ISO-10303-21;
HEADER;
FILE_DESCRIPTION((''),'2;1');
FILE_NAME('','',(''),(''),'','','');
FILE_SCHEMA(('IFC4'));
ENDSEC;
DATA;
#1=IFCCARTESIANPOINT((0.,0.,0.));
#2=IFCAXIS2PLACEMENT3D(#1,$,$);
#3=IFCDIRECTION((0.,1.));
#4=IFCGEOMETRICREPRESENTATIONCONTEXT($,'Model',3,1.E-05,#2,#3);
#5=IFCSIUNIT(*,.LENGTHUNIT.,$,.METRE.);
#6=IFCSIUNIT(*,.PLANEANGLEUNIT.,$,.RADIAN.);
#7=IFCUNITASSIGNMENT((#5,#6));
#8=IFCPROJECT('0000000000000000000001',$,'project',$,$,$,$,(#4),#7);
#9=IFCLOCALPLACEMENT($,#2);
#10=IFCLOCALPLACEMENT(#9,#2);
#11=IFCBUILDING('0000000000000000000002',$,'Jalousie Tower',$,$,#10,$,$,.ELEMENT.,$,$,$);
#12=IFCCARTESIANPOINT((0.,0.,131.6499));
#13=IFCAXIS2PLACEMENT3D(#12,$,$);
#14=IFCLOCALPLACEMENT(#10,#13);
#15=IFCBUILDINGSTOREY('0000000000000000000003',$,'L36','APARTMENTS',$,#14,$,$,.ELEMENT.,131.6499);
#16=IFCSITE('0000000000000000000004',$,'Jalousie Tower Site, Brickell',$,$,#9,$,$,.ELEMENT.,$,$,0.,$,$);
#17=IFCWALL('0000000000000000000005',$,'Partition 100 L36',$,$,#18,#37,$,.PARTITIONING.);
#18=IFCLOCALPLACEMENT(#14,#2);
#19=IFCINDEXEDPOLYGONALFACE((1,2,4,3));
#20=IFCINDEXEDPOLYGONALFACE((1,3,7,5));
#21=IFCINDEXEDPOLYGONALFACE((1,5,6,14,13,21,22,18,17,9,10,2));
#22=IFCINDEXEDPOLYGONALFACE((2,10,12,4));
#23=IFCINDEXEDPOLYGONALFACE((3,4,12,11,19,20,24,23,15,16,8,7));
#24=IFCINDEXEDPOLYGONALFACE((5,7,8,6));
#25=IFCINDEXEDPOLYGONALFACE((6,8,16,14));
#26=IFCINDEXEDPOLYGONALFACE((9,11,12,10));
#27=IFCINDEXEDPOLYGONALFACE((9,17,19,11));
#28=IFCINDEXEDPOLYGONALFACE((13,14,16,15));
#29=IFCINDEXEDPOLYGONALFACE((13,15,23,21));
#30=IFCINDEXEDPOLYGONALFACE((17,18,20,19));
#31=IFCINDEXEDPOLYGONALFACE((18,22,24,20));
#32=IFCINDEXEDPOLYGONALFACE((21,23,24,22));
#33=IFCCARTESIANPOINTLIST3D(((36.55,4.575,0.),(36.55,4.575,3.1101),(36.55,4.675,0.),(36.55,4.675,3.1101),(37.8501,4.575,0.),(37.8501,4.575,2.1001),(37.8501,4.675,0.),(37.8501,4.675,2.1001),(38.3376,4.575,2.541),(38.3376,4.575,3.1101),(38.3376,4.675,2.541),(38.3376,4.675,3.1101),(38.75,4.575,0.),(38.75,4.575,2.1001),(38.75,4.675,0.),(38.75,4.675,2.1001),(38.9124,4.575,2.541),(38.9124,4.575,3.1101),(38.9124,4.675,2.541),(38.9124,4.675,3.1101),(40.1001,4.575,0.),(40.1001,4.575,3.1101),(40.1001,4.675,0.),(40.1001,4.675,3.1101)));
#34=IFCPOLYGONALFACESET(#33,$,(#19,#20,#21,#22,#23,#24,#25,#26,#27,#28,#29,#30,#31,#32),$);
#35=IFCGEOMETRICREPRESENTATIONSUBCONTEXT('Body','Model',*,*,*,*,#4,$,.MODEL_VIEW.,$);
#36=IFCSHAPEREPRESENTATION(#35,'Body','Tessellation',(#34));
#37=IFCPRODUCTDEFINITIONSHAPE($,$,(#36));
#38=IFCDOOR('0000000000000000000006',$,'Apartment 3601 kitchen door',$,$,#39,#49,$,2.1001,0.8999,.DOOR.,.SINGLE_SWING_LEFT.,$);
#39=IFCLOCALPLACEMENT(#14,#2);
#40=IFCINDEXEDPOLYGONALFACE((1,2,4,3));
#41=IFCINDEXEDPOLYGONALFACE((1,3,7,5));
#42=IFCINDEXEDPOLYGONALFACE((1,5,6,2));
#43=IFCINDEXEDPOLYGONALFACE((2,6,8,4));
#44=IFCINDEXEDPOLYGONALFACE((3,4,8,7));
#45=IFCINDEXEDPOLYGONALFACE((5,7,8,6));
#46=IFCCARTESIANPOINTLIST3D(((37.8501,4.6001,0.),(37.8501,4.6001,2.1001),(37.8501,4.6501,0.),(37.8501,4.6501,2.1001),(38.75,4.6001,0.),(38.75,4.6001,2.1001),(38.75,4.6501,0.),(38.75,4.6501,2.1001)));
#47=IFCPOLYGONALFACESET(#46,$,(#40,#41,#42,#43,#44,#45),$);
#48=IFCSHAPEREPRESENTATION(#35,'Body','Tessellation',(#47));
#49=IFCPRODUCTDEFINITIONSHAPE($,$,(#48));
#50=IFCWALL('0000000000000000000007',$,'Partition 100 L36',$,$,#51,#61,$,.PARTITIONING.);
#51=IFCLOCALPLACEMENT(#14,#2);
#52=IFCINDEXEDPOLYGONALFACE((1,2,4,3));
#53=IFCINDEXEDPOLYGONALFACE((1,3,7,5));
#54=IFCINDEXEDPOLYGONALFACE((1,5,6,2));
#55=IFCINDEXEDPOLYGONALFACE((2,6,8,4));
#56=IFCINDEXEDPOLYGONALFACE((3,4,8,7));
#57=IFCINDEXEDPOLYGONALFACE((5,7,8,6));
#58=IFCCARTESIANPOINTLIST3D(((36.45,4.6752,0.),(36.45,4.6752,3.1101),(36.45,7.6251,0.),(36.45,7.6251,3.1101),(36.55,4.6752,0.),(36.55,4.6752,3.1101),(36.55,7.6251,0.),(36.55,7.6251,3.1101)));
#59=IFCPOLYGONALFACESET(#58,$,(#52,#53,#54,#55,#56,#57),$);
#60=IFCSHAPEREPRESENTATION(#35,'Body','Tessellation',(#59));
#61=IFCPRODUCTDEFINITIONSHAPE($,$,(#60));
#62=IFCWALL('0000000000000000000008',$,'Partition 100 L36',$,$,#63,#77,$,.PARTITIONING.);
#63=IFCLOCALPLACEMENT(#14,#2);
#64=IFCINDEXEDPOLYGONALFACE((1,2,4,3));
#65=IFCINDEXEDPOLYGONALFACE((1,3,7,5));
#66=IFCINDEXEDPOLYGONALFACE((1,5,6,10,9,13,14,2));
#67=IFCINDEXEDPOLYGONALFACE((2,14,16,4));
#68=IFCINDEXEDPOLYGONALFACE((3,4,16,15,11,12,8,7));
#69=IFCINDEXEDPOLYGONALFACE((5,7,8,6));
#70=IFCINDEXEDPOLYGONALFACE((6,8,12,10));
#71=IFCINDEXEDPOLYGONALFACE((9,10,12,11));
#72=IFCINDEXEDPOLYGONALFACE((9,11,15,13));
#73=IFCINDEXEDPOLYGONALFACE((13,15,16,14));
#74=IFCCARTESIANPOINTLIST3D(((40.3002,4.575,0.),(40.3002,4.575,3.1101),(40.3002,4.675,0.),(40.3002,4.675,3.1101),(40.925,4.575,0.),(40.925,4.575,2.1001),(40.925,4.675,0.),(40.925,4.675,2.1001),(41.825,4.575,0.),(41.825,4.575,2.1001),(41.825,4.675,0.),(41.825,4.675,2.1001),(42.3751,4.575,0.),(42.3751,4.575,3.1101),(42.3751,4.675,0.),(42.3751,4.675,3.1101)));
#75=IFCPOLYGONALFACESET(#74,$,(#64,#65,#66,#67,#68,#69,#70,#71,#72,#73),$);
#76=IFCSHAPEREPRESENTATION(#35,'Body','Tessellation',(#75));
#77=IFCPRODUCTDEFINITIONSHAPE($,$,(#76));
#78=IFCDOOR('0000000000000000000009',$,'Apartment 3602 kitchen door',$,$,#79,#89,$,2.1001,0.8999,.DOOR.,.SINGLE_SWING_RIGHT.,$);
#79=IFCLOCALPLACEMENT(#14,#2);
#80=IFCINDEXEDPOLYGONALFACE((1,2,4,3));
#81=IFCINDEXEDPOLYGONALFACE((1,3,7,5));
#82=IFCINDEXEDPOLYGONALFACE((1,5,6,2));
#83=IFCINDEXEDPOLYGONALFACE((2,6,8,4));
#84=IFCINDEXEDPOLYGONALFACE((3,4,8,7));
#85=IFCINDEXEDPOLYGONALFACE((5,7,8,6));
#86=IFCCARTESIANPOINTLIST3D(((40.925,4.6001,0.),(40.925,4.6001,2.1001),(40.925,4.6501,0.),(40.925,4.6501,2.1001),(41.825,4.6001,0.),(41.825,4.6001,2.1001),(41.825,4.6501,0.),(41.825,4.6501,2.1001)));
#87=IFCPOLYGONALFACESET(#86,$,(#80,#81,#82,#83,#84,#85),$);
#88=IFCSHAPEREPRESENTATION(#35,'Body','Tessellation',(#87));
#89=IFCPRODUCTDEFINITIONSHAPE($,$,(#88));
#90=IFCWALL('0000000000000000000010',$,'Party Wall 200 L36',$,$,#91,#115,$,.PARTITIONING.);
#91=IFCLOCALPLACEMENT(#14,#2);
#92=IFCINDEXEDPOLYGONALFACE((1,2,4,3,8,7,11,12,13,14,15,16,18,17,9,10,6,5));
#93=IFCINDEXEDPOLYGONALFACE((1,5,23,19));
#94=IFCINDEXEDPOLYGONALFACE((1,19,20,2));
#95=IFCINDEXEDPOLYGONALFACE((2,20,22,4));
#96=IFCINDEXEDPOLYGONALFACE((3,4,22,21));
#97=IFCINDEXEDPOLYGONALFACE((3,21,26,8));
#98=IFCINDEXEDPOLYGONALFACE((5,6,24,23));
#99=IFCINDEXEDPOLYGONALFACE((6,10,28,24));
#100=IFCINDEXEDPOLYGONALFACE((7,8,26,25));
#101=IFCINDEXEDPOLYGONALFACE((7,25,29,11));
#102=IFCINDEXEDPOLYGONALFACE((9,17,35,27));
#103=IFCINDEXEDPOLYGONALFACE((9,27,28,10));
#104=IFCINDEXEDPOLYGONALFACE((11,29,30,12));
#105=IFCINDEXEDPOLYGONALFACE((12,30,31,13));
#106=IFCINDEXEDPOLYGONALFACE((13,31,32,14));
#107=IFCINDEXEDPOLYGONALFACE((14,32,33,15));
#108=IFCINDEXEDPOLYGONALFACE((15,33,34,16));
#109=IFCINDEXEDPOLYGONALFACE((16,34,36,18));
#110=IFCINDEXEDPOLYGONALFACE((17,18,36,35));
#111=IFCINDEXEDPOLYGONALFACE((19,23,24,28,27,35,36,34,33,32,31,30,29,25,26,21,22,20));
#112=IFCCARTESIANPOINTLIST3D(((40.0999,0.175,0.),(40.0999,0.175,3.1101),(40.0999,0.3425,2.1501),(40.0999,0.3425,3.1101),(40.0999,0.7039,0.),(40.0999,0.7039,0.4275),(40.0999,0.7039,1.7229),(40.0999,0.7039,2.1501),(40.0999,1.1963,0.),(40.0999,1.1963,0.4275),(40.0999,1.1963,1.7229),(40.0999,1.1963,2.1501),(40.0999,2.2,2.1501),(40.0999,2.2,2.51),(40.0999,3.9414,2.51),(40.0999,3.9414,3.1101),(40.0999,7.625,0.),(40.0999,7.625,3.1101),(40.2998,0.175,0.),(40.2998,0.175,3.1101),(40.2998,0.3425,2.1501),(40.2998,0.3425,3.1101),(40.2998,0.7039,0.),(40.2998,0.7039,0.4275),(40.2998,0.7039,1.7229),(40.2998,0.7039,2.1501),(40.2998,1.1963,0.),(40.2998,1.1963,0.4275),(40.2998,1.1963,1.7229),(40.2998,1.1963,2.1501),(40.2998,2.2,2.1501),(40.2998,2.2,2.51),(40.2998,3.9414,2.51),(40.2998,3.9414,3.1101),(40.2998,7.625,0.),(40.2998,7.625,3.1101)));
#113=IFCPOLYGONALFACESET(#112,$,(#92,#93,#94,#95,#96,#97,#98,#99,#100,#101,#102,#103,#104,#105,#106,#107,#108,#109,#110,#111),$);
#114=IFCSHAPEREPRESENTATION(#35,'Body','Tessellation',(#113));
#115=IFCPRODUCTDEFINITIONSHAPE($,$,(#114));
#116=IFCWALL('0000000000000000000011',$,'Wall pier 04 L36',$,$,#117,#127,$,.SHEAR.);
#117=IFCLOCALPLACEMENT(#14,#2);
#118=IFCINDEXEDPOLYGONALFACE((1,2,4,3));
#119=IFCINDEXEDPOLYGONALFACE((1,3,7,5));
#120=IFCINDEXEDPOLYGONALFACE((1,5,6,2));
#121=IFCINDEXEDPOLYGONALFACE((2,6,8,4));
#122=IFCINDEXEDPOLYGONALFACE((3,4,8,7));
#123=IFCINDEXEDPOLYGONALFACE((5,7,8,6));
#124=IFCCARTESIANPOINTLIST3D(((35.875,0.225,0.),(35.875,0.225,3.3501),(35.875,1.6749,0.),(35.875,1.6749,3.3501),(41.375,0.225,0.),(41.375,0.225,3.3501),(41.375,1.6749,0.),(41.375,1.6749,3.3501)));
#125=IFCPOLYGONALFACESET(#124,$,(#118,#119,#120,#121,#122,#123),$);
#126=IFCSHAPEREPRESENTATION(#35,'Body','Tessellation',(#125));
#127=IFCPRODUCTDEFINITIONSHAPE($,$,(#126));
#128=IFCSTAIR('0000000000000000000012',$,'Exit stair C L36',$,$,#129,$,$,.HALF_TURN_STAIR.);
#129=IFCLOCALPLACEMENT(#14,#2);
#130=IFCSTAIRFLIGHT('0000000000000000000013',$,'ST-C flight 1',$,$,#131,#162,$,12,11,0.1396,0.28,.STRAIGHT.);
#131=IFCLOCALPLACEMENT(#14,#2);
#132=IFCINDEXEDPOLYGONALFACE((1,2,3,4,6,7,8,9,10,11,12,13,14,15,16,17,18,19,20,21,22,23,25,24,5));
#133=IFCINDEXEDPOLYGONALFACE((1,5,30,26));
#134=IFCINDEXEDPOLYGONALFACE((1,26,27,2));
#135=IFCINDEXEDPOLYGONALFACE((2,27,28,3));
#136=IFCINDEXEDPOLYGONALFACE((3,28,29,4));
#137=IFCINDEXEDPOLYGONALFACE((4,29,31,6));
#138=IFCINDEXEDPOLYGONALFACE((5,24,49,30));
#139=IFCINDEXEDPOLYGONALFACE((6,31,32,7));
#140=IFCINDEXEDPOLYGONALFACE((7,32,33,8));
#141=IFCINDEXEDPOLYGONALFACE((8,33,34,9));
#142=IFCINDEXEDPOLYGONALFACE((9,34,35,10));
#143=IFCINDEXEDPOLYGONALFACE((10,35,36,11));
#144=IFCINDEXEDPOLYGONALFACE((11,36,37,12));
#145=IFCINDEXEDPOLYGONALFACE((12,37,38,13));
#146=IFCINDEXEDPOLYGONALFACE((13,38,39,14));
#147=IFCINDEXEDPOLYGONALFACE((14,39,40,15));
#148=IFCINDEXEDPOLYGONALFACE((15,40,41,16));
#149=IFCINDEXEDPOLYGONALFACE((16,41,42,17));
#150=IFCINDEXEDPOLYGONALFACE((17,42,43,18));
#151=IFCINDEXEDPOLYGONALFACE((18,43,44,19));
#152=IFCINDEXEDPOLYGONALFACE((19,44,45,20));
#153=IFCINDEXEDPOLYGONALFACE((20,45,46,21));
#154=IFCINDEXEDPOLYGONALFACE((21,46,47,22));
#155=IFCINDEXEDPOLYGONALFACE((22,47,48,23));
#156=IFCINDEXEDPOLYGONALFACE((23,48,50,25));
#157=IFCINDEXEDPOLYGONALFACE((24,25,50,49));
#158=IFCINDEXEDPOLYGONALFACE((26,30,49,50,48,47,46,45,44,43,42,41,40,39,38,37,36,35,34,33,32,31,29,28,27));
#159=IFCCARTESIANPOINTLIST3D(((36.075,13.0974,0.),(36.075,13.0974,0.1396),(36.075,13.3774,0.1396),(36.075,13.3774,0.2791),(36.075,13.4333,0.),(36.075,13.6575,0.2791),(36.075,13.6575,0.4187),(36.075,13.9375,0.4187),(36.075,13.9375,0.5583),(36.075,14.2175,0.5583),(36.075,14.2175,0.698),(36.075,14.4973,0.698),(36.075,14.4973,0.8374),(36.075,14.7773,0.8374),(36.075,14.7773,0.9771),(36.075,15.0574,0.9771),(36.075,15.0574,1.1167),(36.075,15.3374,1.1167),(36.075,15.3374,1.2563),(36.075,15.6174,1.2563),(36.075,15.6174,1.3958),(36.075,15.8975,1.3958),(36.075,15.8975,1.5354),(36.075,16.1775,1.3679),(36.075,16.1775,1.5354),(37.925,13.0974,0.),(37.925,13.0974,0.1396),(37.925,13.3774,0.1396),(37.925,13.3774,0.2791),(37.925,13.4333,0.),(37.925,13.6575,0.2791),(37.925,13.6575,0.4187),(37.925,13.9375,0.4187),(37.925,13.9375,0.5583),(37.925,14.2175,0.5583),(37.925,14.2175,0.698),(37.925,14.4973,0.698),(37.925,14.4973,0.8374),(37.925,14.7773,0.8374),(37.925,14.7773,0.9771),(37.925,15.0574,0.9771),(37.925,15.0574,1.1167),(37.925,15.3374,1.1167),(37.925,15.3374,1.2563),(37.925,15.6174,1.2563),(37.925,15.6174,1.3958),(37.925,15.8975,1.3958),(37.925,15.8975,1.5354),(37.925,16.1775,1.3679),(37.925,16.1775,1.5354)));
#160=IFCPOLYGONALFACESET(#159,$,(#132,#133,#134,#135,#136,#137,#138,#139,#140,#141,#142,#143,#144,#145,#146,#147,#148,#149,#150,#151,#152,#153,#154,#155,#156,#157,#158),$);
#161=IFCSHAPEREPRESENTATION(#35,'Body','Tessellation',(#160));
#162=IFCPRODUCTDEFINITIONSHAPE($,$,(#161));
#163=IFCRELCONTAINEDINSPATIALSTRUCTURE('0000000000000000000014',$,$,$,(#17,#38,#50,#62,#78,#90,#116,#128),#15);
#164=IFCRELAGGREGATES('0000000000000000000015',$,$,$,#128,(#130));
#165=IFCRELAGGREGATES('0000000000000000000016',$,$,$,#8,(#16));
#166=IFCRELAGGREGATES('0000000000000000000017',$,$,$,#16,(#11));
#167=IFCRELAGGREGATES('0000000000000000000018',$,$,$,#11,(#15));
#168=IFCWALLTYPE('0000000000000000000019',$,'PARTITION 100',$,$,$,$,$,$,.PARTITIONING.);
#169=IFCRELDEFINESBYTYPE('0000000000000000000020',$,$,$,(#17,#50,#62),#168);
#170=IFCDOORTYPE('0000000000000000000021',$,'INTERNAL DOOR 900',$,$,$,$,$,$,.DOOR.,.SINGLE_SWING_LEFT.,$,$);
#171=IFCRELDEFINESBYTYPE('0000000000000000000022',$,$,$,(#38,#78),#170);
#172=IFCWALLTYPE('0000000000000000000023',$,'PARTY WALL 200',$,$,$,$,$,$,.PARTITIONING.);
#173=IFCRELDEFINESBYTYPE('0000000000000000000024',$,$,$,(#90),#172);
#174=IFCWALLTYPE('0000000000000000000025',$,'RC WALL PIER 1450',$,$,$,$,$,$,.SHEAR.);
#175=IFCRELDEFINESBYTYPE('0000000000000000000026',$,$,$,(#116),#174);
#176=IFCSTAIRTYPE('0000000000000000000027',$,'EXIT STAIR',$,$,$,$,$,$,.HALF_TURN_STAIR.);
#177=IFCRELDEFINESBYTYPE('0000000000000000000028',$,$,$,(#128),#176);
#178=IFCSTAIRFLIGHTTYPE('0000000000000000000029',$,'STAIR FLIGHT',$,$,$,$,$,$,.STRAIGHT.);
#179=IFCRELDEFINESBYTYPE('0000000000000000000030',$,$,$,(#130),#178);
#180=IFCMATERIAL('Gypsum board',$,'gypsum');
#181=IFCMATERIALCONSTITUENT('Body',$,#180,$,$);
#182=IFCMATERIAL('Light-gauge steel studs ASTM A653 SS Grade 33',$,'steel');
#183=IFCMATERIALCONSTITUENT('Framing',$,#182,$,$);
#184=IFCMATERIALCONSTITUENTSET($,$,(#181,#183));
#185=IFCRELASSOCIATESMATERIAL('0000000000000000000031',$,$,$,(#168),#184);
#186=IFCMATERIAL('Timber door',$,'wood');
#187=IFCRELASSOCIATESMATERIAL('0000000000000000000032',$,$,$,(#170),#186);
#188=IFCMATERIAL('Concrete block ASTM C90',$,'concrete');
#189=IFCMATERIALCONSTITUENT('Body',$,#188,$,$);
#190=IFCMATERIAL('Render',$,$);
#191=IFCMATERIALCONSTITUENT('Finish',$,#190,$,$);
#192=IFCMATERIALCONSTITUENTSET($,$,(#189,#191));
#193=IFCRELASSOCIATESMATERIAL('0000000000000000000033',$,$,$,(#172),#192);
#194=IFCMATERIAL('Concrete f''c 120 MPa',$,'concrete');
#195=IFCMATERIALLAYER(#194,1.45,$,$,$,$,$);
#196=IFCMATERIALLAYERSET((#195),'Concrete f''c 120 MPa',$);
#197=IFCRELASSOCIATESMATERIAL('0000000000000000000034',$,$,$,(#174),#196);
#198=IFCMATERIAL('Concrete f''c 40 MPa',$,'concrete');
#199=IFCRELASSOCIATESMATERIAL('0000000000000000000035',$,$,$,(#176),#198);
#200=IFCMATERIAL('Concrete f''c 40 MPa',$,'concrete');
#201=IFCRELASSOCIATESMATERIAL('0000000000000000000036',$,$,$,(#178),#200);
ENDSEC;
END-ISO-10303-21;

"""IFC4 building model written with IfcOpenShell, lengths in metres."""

from ifc_helpers import new_model, si_unit, direction, frame, frame_2d, origin, place, context, subcontext, project, spatial, polyline, rectangle, outline, extrude, material, layer, layer_set, constituent, constituent_set, type_object, element, fill, aggregate, save


model = new_model("IFC4")

# Units and contexts
model_context = context("Model", 3, precision=1e-05, world=origin(), true_north=direction((0.0, 1.0)))
body_context = subcontext(model_context, "Body", "Model", "MODEL_VIEW")
ifc_project = project(units=[si_unit("LENGTHUNIT", "METRE"), si_unit("PLANEANGLEUNIT", "RADIAN")], contexts=[model_context])

# Site, building, storey
site_placement = place(None, origin())
site = spatial("IfcSite", under=ifc_project, at=site_placement, Name="Jalousie Tower Site, Brickell", CompositionType="ELEMENT", RefElevation=0.0)
building_placement = place(site_placement, origin())
building = spatial("IfcBuilding", under=site, at=building_placement, Name="Jalousie Tower", CompositionType="ELEMENT")
storey_placement = place(building_placement, frame((0.0, 0.0, 131.6499)))
storey = spatial("IfcBuildingStorey", under=building, at=storey_placement, Name="L36", Description="APARTMENTS", CompositionType="ELEMENT", Elevation=131.6499)

# Wall, opening, door
ifc_material_1 = material(Name="Gypsum board", Category="gypsum")
ifc_constituent_1 = constituent(ifc_material_1, Name="Body")
ifc_material_2 = material(Name="Light-gauge steel studs ASTM A653 SS Grade 33", Category="steel")
ifc_constituent_2 = constituent(ifc_material_2, Name="Framing")
ifc_constituent_set_1 = constituent_set(constituents=[ifc_constituent_1, ifc_constituent_2])
wall_type_1 = type_object("IfcWallType", Name="PARTITION 100", PredefinedType="PARTITIONING", material=ifc_constituent_set_1)
wall_1_placement = place(storey_placement, frame((36.55, 4.625, 0.0), z_axis=(0.0, 0.0, 1.0), x_axis=(1.0, 0.0, 0.0)))
wall_1 = element("IfcWall", 1, at=wall_1_placement, inside=storey, type_object=wall_type_1, Name="Partition 100 L36", PredefinedType="PARTITIONING", context=body_context, shape_type="SweptSolid", body=[
    extrude(outline(polyline([(0.0, 0.0), (3.55, 0.0), (3.55, 3.1101), (2.3623, 3.1101), (2.3623, 2.541), (1.7876, 2.541), (1.7876, 3.1101), (0.0, 3.1101), (0.0, 0.0)])), frame((0.0, 0.05, 0.0), z_axis=(0.0, -1.0, 0.0), x_axis=(1.0, 0.0, 0.0)), (0.0, 0.0, 1.0), 0.1001),
])
opening_1_placement = place(wall_1_placement, frame((1.3, 0.0, 0.0)))
opening_1 = element("IfcOpeningElement", 2, at=opening_1_placement, cuts=wall_1, PredefinedType="OPENING", context=body_context, shape_type="SweptSolid", body=[
    extrude(rectangle(XDim=0.8999, YDim=2.1001, at=frame_2d((0.45, 1.05))), frame((0.0, 0.0601, 0.0), z_axis=(0.0, -1.0, 0.0), x_axis=(1.0, 0.0, 0.0)), (0.0, 0.0, 1.0), 0.1201),
])
ifc_material_3 = material(Name="Timber door", Category="wood")
door_type_1 = type_object("IfcDoorType", Name="INTERNAL DOOR 900", OperationType="SINGLE_SWING_LEFT", PredefinedType="DOOR", material=ifc_material_3)
door_1_placement = place(opening_1_placement, frame((0.8999, 0.0, 0.0), z_axis=(0.0, 0.0, 1.0), x_axis=(-1.0, 0.0, 0.0)))
door_1 = element("IfcDoor", 3, at=door_1_placement, inside=storey, type_object=door_type_1, Name="Apartment 3601 kitchen door", OperationType="SINGLE_SWING_LEFT", OverallHeight=2.1001, OverallWidth=0.8999, PredefinedType="DOOR", context=body_context, shape_type="SweptSolid", body=[
    extrude(rectangle(XDim=0.8999, YDim=2.1001, at=frame_2d((0.45, 1.05))), frame((0.0, 0.0249, 0.0), z_axis=(0.0, -1.0, 0.0), x_axis=(1.0, 0.0, 0.0)), (0.0, 0.0, 1.0), 0.05),
])
fill(opening_1, door_1)

# Wall
wall_2_placement = place(storey_placement, frame((36.5, 4.675, 0.0), z_axis=(0.0, 0.0, 1.0), x_axis=(0.0, 1.0, 0.0)))
element("IfcWall", 4, at=wall_2_placement, inside=storey, type_object=wall_type_1, Name="Partition 100 L36", PredefinedType="PARTITIONING", context=body_context, shape_type="SweptSolid", body=[
    extrude(rectangle(XDim=2.95, YDim=0.1001, at=frame_2d((1.4751, 0.0))), origin(), (0.0, 0.0, 1.0), 3.1101),
])

# Wall, opening, door
wall_3_placement = place(storey_placement, frame((40.3, 4.625, 0.0), z_axis=(0.0, 0.0, 1.0), x_axis=(1.0, 0.0, 0.0)))
wall_3 = element("IfcWall", 5, at=wall_3_placement, inside=storey, type_object=wall_type_1, Name="Partition 100 L36", PredefinedType="PARTITIONING", context=body_context, shape_type="SweptSolid", body=[
    extrude(rectangle(XDim=2.075, YDim=0.1001, at=frame_2d((1.0376, 0.0))), origin(), (0.0, 0.0, 1.0), 3.1101),
])
opening_2_placement = place(wall_3_placement, frame((0.625, 0.0, 0.0)))
opening_2 = element("IfcOpeningElement", 6, at=opening_2_placement, cuts=wall_3, PredefinedType="OPENING", context=body_context, shape_type="SweptSolid", body=[
    extrude(rectangle(XDim=0.8999, YDim=2.1001, at=frame_2d((0.45, 1.05))), frame((0.0, 0.0601, 0.0), z_axis=(0.0, -1.0, 0.0), x_axis=(1.0, 0.0, 0.0)), (0.0, 0.0, 1.0), 0.1201),
])
door_2_placement = place(opening_2_placement, frame((0.8999, 0.0, 0.0), z_axis=(0.0, 0.0, 1.0), x_axis=(-1.0, 0.0, 0.0)))
door_2 = element("IfcDoor", 7, at=door_2_placement, inside=storey, type_object=door_type_1, Name="Apartment 3602 kitchen door", OperationType="SINGLE_SWING_RIGHT", OverallHeight=2.1001, OverallWidth=0.8999, PredefinedType="DOOR", context=body_context, shape_type="SweptSolid", body=[
    extrude(rectangle(XDim=0.8999, YDim=2.1001, at=frame_2d((0.45, 1.05))), frame((0.0, 0.0249, 0.0), z_axis=(0.0, -1.0, 0.0), x_axis=(1.0, 0.0, 0.0)), (0.0, 0.0, 1.0), 0.05),
])
fill(opening_2, door_2)

# Walls
ifc_material_4 = material(Name="Concrete block ASTM C90", Category="concrete")
ifc_constituent_3 = constituent(ifc_material_4, Name="Body")
ifc_material_5 = material(Name="Render")
ifc_constituent_4 = constituent(ifc_material_5, Name="Finish")
ifc_constituent_set_2 = constituent_set(constituents=[ifc_constituent_3, ifc_constituent_4])
wall_type_2 = type_object("IfcWallType", Name="PARTY WALL 200", PredefinedType="PARTITIONING", material=ifc_constituent_set_2)
wall_4_placement = place(storey_placement, frame((40.2, 0.175, 0.0), z_axis=(0.0, 0.0, 1.0), x_axis=(0.0, 1.0, 0.0)))
element("IfcWall", 8, at=wall_4_placement, inside=storey, type_object=wall_type_2, Name="Party Wall 200 L36", PredefinedType="PARTITIONING", context=body_context, shape_type="SweptSolid", body=[
    extrude(outline(polyline([(0.1675, 3.1101), (0.0, 3.1101), (0.0, 0.0), (0.5288, 0.0), (0.5288, 0.4275), (1.0212, 0.4275), (1.0212, 0.0), (7.45, 0.0), (7.45, 3.1101), (3.7664, 3.1101), (3.7664, 2.51), (2.0249, 2.51), (2.0249, 2.1501), (1.0212, 2.1501), (1.0212, 1.7229), (0.5288, 1.7229), (0.5288, 2.1501), (0.1675, 2.1501), (0.1675, 3.1101)])), frame((0.0, 0.1001, 0.0), z_axis=(0.0, -1.0, 0.0), x_axis=(1.0, 0.0, 0.0)), (0.0, 0.0, 1.0), 0.2),
])
ifc_material_6 = material(Name="Concrete f'c 120 MPa", Category="concrete")
ifc_layer_1 = layer(ifc_material_6, 1.45)
ifc_layer_set_1 = layer_set([ifc_layer_1], Name="Concrete f'c 120 MPa")
wall_type_3 = type_object("IfcWallType", Name="RC WALL PIER 1450", PredefinedType="SHEAR", material=ifc_layer_set_1)
wall_5_placement = place(storey_placement, frame((35.875, 0.95, 0.0), z_axis=(0.0, 0.0, 1.0), x_axis=(1.0, 0.0, 0.0)))
element("IfcWall", 9, at=wall_5_placement, inside=storey, type_object=wall_type_3, Name="Wall pier 04 L36", PredefinedType="SHEAR", context=body_context, shape_type="SweptSolid", body=[
    extrude(rectangle(XDim=5.5, YDim=1.45, at=frame_2d((2.75, 0.0))), origin(), (0.0, 0.0, 1.0), 3.3501),
])

# Stair, stair flight
ifc_material_7 = material(Name="Concrete f'c 40 MPa", Category="concrete")
stair_type = type_object("IfcStairType", Name="EXIT STAIR", PredefinedType="HALF_TURN_STAIR", material=ifc_material_7)
stair_placement = place(storey_placement, origin())
stair = element("IfcStair", 10, at=stair_placement, inside=storey, type_object=stair_type, Name="Exit stair C L36", PredefinedType="HALF_TURN_STAIR")
ifc_material_8 = material(Name="Concrete f'c 40 MPa", Category="concrete")
stair_flight_type = type_object("IfcStairFlightType", Name="STAIR FLIGHT", PredefinedType="STRAIGHT", material=ifc_material_8)
stair_flight_placement = place(storey_placement, frame((37.0, 13.0974, 0.0), z_axis=(0.0, 0.0, 1.0), x_axis=(0.0, 1.0, 0.0)))
stair_flight = element("IfcStairFlight", 11, at=stair_flight_placement, type_object=stair_flight_type, Name="ST-C flight 1", NumberOfRisers=12, NumberOfTreads=11, PredefinedType="STRAIGHT", RiserHeight=0.1396, TreadLength=0.28, context=body_context, shape_type="SweptSolid", body=[
    extrude(outline(polyline([(0.0, 0.0), (0.0, 0.1396), (0.28, 0.1396), (0.28, 0.2791), (0.5601, 0.2791), (0.5601, 0.4187), (0.8401, 0.4187), (0.8401, 0.5583), (1.1201, 0.5583), (1.1201, 0.698), (1.3999, 0.698), (1.3999, 0.8374), (1.6799, 0.8374), (1.6799, 0.9771), (1.96, 0.9771), (1.96, 1.1167), (2.24, 1.1167), (2.24, 1.2563), (2.52, 1.2563), (2.52, 1.3958), (2.8, 1.3958), (2.8, 1.5354), (3.0801, 1.5354), (3.0801, 1.675), (3.0801, 1.3679), (0.3359, 0.0), (0.0, 0.0)])), frame((0.0, 0.925, 0.0), z_axis=(0.0, -1.0, 0.0), x_axis=(1.0, 0.0, 0.0)), (0.0, 0.0, 1.0), 1.8501),
])
aggregate(stair, [stair_flight])

save(model, "model.ifc")
